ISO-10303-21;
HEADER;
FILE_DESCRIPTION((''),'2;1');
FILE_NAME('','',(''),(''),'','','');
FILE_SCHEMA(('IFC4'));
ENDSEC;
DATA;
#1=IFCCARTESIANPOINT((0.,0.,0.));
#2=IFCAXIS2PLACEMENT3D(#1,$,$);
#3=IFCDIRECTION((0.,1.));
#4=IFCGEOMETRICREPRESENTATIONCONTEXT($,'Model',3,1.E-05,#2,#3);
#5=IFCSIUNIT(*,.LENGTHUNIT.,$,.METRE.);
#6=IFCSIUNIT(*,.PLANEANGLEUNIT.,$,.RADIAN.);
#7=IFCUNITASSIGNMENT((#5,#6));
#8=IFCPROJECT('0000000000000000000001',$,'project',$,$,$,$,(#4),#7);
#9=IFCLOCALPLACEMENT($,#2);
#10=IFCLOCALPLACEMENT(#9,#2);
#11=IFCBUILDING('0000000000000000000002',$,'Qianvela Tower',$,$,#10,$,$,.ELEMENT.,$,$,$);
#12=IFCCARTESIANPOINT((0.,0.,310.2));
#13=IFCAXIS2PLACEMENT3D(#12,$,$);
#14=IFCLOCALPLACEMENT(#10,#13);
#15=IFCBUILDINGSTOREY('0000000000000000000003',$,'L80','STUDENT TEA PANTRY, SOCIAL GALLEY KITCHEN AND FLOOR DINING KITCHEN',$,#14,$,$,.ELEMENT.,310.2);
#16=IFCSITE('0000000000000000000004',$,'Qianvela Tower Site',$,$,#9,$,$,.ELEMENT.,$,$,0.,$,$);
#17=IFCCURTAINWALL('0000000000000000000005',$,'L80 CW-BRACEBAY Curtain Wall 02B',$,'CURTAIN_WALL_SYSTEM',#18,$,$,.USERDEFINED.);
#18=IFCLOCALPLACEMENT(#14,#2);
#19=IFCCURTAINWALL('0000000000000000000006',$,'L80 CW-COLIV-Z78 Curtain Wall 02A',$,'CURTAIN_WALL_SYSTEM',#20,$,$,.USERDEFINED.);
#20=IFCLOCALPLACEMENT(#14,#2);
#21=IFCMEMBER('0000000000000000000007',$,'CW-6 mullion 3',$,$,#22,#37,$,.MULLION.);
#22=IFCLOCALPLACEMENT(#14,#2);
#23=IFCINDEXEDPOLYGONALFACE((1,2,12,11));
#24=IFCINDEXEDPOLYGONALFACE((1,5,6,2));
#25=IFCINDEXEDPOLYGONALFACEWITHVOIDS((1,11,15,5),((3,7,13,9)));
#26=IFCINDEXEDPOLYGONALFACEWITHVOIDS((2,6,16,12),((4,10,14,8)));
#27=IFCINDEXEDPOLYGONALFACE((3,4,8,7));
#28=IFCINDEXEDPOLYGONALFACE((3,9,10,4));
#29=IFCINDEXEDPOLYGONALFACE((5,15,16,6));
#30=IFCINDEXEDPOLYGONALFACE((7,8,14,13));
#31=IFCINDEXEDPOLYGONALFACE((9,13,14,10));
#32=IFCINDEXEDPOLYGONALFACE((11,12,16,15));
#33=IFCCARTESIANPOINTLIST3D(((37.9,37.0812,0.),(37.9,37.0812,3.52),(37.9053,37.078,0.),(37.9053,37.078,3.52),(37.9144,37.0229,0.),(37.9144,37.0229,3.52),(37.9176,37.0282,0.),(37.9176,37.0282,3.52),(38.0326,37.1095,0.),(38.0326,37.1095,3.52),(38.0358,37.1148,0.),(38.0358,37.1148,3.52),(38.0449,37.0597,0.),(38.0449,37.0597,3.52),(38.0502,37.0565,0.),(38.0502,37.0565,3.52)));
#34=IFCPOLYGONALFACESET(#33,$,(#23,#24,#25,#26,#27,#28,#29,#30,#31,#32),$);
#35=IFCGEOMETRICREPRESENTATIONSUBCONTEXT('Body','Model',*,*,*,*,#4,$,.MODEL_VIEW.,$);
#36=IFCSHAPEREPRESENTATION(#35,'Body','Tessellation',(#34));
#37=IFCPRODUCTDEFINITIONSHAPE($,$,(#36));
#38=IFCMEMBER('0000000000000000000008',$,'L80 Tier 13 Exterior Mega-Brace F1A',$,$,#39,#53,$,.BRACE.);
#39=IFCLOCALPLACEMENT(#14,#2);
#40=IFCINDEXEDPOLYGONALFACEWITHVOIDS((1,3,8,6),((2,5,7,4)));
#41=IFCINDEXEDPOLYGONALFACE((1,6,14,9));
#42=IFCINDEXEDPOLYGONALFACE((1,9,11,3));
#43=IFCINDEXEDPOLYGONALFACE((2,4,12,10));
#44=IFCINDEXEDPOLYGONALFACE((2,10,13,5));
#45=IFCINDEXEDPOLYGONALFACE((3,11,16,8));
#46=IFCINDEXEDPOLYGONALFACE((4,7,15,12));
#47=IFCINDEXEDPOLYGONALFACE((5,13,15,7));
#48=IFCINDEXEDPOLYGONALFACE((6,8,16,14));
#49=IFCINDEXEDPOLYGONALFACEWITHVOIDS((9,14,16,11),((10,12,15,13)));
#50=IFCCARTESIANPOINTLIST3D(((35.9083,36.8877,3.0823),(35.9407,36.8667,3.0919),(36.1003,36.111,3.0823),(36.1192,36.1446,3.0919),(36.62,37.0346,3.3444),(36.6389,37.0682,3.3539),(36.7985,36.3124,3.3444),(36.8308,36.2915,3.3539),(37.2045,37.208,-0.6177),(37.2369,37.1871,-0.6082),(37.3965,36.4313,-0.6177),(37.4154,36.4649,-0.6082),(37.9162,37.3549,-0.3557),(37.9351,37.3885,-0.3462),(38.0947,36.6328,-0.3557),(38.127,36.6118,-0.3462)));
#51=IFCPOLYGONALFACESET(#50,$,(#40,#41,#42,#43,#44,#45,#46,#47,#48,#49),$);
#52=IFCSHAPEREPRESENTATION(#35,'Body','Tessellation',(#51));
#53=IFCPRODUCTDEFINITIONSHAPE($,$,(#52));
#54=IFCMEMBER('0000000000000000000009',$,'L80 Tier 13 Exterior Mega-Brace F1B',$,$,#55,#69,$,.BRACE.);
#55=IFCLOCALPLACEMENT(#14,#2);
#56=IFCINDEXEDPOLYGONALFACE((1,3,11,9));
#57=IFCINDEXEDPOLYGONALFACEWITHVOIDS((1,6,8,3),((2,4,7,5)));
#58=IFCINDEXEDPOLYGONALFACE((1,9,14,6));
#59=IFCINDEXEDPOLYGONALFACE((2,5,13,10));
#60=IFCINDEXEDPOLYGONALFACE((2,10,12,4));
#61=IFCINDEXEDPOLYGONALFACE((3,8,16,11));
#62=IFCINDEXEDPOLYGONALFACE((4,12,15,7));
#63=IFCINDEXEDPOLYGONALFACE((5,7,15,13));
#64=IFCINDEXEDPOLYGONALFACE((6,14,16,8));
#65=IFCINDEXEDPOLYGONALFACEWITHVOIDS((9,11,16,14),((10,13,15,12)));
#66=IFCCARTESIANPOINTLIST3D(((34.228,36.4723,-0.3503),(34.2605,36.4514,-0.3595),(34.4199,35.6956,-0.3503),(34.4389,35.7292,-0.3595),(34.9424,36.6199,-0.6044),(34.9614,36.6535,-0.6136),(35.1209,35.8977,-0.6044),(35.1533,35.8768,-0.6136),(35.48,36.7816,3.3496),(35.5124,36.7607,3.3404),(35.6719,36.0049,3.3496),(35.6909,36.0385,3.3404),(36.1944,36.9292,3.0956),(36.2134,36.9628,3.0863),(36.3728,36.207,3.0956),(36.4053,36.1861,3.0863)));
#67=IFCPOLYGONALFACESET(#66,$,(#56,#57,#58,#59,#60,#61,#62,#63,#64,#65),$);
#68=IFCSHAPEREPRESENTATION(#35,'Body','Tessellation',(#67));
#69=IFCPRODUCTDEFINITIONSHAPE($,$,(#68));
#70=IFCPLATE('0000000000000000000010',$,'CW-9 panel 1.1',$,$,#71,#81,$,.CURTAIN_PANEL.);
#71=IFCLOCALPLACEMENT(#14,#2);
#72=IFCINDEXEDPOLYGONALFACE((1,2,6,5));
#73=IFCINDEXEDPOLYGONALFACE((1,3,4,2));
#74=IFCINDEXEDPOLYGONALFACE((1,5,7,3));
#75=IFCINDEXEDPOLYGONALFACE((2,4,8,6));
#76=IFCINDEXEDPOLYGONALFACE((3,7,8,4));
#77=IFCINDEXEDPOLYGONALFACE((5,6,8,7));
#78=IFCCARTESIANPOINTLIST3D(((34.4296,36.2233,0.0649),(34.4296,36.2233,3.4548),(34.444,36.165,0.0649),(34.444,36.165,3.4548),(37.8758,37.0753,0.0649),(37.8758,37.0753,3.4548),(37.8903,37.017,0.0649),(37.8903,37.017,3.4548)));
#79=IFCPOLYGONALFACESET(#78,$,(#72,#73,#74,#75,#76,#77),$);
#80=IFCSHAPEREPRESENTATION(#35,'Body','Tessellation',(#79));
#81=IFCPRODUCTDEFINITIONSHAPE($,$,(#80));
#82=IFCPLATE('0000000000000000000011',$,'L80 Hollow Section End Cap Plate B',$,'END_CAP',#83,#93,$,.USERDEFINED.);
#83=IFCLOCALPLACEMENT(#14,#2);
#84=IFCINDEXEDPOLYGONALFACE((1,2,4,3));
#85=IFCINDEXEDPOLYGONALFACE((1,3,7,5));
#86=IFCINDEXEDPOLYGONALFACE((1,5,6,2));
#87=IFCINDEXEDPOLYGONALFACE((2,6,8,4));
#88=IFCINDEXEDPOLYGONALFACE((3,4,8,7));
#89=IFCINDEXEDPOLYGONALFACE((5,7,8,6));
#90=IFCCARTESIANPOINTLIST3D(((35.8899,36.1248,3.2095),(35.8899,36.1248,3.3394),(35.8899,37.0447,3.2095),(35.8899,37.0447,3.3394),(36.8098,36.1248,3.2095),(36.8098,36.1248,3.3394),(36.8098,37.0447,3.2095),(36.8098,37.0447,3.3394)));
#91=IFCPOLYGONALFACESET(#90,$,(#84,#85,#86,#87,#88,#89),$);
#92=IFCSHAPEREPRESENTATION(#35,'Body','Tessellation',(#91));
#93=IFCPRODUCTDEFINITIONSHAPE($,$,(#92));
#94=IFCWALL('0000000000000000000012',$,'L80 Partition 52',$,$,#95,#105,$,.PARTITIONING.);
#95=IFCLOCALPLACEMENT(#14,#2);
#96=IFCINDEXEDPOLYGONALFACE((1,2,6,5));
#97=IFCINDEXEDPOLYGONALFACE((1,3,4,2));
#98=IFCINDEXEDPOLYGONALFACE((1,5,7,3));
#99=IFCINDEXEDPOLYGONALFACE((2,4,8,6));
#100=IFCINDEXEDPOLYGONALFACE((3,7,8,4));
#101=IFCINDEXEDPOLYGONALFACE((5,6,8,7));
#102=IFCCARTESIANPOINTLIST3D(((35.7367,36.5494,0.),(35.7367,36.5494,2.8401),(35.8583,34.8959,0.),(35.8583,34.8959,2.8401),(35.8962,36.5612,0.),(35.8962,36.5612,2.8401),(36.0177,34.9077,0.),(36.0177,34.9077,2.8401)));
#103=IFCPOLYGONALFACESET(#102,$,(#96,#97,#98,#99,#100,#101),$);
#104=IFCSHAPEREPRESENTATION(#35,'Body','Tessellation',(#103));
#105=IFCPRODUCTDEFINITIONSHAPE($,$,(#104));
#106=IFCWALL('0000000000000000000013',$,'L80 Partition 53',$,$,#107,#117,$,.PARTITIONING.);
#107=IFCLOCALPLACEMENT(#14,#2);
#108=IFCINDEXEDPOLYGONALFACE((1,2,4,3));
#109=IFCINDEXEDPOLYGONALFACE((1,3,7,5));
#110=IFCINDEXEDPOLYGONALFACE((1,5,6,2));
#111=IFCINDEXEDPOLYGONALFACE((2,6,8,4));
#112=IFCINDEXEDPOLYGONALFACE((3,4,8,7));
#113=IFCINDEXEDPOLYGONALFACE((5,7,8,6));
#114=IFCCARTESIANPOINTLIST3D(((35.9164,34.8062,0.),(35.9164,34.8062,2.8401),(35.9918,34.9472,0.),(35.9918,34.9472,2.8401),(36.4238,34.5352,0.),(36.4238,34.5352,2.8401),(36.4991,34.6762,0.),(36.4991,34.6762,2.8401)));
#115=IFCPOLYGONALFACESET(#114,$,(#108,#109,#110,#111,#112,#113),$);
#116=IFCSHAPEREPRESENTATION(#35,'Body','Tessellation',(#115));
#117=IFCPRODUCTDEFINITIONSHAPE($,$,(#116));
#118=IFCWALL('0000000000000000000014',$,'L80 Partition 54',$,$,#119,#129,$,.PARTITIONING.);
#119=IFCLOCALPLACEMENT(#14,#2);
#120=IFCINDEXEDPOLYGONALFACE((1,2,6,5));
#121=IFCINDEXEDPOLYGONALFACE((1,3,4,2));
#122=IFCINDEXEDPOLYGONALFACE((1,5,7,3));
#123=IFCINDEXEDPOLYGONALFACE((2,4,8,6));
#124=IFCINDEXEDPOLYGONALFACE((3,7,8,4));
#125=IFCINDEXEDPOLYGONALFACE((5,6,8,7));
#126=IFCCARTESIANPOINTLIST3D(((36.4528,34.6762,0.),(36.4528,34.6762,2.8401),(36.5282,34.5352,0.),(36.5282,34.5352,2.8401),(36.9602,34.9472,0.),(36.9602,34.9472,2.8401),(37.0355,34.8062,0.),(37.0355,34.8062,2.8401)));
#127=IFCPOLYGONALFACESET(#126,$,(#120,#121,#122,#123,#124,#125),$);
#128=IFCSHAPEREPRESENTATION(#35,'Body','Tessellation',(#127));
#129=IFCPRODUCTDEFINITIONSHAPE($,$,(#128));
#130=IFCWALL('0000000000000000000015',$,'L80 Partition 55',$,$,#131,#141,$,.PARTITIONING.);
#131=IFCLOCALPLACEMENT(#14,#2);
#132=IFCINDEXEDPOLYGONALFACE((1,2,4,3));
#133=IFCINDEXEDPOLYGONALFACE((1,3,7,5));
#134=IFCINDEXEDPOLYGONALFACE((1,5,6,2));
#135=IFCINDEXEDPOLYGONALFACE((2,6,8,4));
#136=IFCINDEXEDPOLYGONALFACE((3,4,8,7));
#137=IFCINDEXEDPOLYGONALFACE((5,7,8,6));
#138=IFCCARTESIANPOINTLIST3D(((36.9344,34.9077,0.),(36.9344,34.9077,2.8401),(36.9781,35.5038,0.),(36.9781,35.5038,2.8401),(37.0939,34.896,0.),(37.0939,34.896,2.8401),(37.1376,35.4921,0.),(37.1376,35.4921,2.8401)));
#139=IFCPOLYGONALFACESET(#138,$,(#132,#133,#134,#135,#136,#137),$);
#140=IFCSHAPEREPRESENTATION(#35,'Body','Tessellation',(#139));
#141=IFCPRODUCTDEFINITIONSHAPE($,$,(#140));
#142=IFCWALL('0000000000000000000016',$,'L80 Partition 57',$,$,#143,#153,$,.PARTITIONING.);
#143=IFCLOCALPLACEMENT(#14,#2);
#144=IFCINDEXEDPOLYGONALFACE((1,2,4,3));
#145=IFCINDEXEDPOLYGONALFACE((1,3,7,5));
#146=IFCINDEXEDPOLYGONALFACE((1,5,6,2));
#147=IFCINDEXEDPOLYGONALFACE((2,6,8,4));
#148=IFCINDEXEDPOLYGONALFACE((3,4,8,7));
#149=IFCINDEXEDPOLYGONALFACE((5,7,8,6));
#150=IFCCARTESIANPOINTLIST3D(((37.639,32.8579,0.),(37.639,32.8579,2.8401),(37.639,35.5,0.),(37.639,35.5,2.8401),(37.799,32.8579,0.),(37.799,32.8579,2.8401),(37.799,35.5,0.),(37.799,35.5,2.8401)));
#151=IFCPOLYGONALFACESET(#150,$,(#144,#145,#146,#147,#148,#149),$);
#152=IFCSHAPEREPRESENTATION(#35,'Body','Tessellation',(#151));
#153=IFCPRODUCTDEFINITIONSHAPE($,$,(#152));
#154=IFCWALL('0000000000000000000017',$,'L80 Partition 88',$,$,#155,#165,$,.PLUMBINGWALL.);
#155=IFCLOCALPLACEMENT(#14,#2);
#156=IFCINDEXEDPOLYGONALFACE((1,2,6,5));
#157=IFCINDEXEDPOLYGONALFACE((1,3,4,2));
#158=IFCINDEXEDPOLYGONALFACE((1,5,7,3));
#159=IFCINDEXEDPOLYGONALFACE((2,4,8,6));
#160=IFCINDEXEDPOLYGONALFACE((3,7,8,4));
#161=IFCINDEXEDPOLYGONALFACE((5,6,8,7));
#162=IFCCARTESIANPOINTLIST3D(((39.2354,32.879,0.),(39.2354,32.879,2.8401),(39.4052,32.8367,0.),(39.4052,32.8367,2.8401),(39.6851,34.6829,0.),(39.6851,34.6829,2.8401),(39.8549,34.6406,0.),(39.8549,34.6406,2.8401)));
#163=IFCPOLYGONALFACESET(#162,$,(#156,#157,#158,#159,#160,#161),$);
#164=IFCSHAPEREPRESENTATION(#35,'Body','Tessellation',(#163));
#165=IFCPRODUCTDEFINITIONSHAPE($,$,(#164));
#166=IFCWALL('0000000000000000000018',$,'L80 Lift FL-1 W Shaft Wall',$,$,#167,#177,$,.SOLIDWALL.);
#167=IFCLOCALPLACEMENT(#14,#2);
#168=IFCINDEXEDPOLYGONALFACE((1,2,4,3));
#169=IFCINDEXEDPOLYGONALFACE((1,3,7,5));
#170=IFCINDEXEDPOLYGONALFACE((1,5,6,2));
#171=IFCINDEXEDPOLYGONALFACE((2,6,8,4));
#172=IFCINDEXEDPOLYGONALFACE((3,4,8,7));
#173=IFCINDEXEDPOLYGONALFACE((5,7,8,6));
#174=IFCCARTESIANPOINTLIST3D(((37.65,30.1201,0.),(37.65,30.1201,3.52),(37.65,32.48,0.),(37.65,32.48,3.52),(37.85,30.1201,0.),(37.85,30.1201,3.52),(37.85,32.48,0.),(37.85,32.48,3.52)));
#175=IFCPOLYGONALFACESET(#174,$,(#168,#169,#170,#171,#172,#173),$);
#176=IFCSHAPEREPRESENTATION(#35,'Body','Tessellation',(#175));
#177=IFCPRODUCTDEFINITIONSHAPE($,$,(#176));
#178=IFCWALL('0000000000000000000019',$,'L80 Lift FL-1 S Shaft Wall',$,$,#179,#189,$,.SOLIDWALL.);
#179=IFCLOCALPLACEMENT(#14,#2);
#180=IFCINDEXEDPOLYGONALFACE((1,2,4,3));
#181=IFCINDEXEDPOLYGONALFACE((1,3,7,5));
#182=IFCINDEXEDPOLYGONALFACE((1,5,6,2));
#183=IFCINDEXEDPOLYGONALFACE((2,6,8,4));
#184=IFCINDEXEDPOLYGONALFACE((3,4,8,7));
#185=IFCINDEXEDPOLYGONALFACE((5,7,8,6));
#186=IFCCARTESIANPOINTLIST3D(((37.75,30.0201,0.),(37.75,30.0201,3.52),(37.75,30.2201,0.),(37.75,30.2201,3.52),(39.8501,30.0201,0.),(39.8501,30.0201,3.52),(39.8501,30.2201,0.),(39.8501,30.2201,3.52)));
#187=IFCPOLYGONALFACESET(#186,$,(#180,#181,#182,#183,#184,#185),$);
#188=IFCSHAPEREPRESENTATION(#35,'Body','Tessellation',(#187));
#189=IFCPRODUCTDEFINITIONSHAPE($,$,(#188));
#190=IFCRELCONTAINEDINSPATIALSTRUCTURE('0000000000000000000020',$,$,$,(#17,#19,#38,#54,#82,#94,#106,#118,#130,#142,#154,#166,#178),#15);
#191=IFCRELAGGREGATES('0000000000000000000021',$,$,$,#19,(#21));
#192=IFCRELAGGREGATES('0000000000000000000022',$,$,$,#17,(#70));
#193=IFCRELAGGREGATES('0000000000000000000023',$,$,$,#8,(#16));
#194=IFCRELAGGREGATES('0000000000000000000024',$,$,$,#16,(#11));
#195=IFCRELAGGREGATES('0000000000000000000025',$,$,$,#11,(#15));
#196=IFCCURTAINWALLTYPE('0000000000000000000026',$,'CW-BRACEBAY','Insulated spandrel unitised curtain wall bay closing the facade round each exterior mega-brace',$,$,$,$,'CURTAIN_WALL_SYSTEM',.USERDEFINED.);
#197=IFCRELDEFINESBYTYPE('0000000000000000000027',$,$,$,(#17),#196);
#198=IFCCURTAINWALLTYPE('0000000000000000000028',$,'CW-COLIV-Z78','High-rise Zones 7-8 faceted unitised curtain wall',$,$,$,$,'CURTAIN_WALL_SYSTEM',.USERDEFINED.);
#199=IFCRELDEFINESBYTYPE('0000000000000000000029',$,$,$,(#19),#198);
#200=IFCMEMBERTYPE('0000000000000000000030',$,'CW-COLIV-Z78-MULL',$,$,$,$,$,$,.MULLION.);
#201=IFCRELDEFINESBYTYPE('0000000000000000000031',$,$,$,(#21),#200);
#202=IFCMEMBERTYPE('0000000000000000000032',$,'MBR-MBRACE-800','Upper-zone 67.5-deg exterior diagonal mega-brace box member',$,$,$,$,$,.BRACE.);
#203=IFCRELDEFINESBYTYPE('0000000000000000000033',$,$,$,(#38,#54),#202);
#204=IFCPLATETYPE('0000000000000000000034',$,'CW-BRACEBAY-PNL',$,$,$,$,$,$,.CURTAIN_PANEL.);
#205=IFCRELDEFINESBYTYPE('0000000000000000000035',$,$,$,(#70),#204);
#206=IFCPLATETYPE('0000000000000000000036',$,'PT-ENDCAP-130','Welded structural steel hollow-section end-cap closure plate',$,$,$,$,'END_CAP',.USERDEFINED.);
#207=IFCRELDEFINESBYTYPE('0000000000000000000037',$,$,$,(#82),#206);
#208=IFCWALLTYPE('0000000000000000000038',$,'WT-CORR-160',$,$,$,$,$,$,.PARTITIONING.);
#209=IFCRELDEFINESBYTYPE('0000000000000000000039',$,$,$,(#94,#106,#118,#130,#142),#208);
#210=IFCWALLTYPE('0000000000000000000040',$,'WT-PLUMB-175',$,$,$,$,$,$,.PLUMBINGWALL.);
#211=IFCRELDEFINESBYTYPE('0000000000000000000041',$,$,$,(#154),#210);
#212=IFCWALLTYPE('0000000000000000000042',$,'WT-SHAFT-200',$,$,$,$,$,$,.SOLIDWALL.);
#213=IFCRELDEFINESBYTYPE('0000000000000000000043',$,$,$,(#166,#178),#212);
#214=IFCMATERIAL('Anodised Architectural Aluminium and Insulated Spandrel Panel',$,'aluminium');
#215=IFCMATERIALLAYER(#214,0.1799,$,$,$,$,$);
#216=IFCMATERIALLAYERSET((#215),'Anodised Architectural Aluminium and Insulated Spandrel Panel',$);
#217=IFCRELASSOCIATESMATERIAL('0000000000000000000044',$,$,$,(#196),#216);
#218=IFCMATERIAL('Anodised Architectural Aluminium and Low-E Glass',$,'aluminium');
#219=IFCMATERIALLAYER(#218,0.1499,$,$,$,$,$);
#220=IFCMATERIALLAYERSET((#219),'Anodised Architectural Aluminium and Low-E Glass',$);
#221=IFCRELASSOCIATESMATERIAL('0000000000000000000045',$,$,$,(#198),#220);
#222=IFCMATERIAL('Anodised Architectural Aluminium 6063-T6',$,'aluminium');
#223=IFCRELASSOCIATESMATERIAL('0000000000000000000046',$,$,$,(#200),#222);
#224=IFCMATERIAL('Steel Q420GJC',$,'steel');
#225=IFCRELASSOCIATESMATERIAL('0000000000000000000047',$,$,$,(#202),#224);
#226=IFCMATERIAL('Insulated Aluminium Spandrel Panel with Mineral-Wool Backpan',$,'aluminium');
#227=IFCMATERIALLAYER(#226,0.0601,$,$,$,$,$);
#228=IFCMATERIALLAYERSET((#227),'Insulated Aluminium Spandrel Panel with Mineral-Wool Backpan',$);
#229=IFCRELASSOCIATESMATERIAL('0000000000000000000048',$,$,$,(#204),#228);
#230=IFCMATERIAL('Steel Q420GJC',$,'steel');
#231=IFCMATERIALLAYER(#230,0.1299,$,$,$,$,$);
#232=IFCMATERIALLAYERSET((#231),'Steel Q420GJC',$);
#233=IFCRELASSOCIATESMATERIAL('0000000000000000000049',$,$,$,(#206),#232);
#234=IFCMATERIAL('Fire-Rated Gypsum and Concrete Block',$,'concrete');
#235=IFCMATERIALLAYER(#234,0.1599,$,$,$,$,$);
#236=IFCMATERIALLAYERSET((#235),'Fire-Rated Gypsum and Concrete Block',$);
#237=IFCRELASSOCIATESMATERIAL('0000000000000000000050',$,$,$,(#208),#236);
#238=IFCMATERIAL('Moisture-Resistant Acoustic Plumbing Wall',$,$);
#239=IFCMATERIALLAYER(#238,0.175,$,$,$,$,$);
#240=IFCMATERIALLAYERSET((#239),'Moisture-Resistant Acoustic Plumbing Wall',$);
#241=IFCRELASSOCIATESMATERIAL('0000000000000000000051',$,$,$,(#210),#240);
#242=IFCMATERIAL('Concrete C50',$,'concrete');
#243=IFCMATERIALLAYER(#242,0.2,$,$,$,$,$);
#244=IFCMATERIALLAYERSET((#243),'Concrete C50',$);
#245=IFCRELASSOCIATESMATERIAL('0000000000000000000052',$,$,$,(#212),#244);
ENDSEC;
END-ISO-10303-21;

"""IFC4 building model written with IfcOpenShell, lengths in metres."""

from ifc_helpers import new_model, si_unit, direction, frame, frame_2d, origin, origin_2d, place, context, subcontext, project, spatial, rectangle, hollow_rectangle, extrude, material, layer, layer_set, material_profile, profile_set, type_object, element, aggregate, save


model = new_model("IFC4")

# Units and contexts
model_context = context("Model", 3, precision=1e-05, world=origin(), true_north=direction((0.0, 1.0)))
body_context = subcontext(model_context, "Body", "Model", "MODEL_VIEW")
ifc_project = project(units=[si_unit("LENGTHUNIT", "METRE"), si_unit("PLANEANGLEUNIT", "RADIAN")], contexts=[model_context])

# Site, building, storey
site_placement = place(None, origin())
site = spatial("IfcSite", under=ifc_project, at=site_placement, Name="Qianvela Tower Site", CompositionType="ELEMENT", RefElevation=0.0)
building_placement = place(site_placement, origin())
building = spatial("IfcBuilding", under=site, at=building_placement, Name="Qianvela Tower", CompositionType="ELEMENT")
storey_placement = place(building_placement, frame((0.0, 0.0, 310.2)))
storey = spatial("IfcBuildingStorey", under=building, at=storey_placement, Name="L80", Description="STUDENT TEA PANTRY, SOCIAL GALLEY KITCHEN AND FLOOR DINING KITCHEN", CompositionType="ELEMENT", Elevation=310.2)

# Curtain wall
ifc_material_1 = material(Name="Anodised Architectural Aluminium and Insulated Spandrel Panel", Category="aluminium")
ifc_layer_1 = layer(ifc_material_1, 0.1799)
ifc_layer_set_1 = layer_set([ifc_layer_1], Name="Anodised Architectural Aluminium and Insulated Spandrel Panel")
curtain_wall_type_1 = type_object("IfcCurtainWallType", Name="CW-BRACEBAY", Description="Insulated spandrel unitised curtain wall bay closing the facade round each exterior mega-brace", ElementType="CURTAIN_WALL_SYSTEM", PredefinedType="USERDEFINED", material=ifc_layer_set_1)
curtain_wall_1_placement = place(storey_placement, origin())
curtain_wall_1 = element("IfcCurtainWall", 1, at=curtain_wall_1_placement, inside=storey, type_object=curtain_wall_type_1, Name="L80 CW-BRACEBAY Curtain Wall 02B", ObjectType="CURTAIN_WALL_SYSTEM", PredefinedType="USERDEFINED")

# Curtain wall, member
ifc_material_2 = material(Name="Anodised Architectural Aluminium and Low-E Glass", Category="aluminium")
ifc_layer_2 = layer(ifc_material_2, 0.1499)
ifc_layer_set_2 = layer_set([ifc_layer_2], Name="Anodised Architectural Aluminium and Low-E Glass")
curtain_wall_type_2 = type_object("IfcCurtainWallType", Name="CW-COLIV-Z78", Description="High-rise Zones 7-8 faceted unitised curtain wall", ElementType="CURTAIN_WALL_SYSTEM", PredefinedType="USERDEFINED", material=ifc_layer_set_2)
curtain_wall_2_placement = place(storey_placement, origin())
curtain_wall_2 = element("IfcCurtainWall", 2, at=curtain_wall_2_placement, inside=storey, type_object=curtain_wall_type_2, Name="L80 CW-COLIV-Z78 Curtain Wall 02A", ObjectType="CURTAIN_WALL_SYSTEM", PredefinedType="USERDEFINED")
ifc_material_3 = material(Name="Anodised Architectural Aluminium 6063-T6", Category="aluminium")
ifc_material_profile_1 = material_profile(ifc_material_3, hollow_rectangle(XDim=0.0601, YDim=0.1399, WallThickness=0.0044, at=origin_2d()), Name="ALU-MULL-60x140")
ifc_profile_set_1 = profile_set([ifc_material_profile_1], Name="Anodised Architectural Aluminium 6063-T6")
member_type_1 = type_object("IfcMemberType", Name="CW-COLIV-Z78-MULL", PredefinedType="MULLION", material=ifc_profile_set_1)
member_1_placement = place(storey_placement, frame((37.9751, 37.0688, 0.0), z_axis=(0.0, 0.0, 1.0), x_axis=(0.240006, -0.970771, 0.0)))
member_1 = element("IfcMember", 3, at=member_1_placement, type_object=member_type_1, Name="CW-6 mullion 3", PredefinedType="MULLION", context=body_context, shape_type="SweptSolid", body=[
    extrude(hollow_rectangle(XDim=0.0601, YDim=0.1399, WallThickness=0.0044, at=origin_2d()), origin(), (0.0, 0.0, 1.0), 3.52),
])
aggregate(curtain_wall_2, [member_1])

# Members
ifc_material_4 = material(Name="Steel Q420GJC", Category="steel")
ifc_material_profile_2 = material_profile(ifc_material_4, hollow_rectangle(XDim=0.8, YDim=0.8, WallThickness=0.0281, at=origin_2d()), Name="MBOX-800x800x28")
ifc_profile_set_2 = profile_set([ifc_material_profile_2], Name="Steel Q420GJC")
member_type_2 = type_object("IfcMemberType", Name="MBR-MBRACE-800", Description="Upper-zone 67.5-deg exterior diagonal mega-brace box member", PredefinedType="BRACE", material=ifc_profile_set_2)
member_2_placement = place(storey_placement, frame((37.6658, 36.9099, -0.4819), z_axis=(-0.329516, -0.081432, 0.940632), x_axis=(0.23991, -0.970795, 0.0)))
element("IfcMember", 4, at=member_2_placement, inside=storey, type_object=member_type_2, Name="L80 Tier 13 Exterior Mega-Brace F1A", PredefinedType="BRACE", context=body_context, shape_type="SweptSolid", body=[
    extrude(hollow_rectangle(XDim=0.8, YDim=0.8, WallThickness=0.0281, at=origin_2d()), origin(), (0.0, 0.0, 1.0), 3.9336),
])
member_3_placement = place(storey_placement, frame((34.6907, 36.1746, -0.4819), z_axis=(0.319518, 0.078945, 0.944286), x_axis=(-0.239862, 0.970807, 0.0)))
element("IfcMember", 5, at=member_3_placement, inside=storey, type_object=member_type_2, Name="L80 Tier 13 Exterior Mega-Brace F1B", PredefinedType="BRACE", context=body_context, shape_type="SweptSolid", body=[
    extrude(hollow_rectangle(XDim=0.8, YDim=0.8, WallThickness=0.0281, at=origin_2d()), origin(), (0.0, 0.0, 1.0), 3.9182),
])

# Plates
ifc_material_5 = material(Name="Insulated Aluminium Spandrel Panel with Mineral-Wool Backpan", Category="aluminium")
ifc_layer_3 = layer(ifc_material_5, 0.0601)
ifc_layer_set_3 = layer_set([ifc_layer_3], Name="Insulated Aluminium Spandrel Panel with Mineral-Wool Backpan")
plate_type_1 = type_object("IfcPlateType", Name="CW-BRACEBAY-PNL", PredefinedType="CURTAIN_PANEL", material=ifc_layer_set_3)
plate_1_placement = place(storey_placement, frame((36.1599, 36.6201, 0.0649), z_axis=(0.0, 0.0, 1.0), x_axis=(-0.970772, -0.240003, 0.0)))
plate_1 = element("IfcPlate", 6, at=plate_1_placement, type_object=plate_type_1, Name="CW-9 panel 1.1", PredefinedType="CURTAIN_PANEL", context=body_context, shape_type="SweptSolid", body=[
    extrude(rectangle(XDim=3.55, YDim=0.0601, at=origin_2d()), origin(), (0.0, 0.0, 1.0), 3.3899),
])
aggregate(curtain_wall_1, [plate_1])
ifc_material_6 = material(Name="Steel Q420GJC", Category="steel")
ifc_layer_4 = layer(ifc_material_6, 0.1299)
ifc_layer_set_4 = layer_set([ifc_layer_4], Name="Steel Q420GJC")
plate_type_2 = type_object("IfcPlateType", Name="PT-ENDCAP-130", Description="Welded structural steel hollow-section end-cap closure plate", ElementType="END_CAP", PredefinedType="USERDEFINED", material=ifc_layer_set_4)
plate_2_placement = place(storey_placement, frame((36.3499, 36.5847, 3.2095), z_axis=(0.0, 0.0, 1.0), x_axis=(1.0, 0.0, 0.0)))
element("IfcPlate", 7, at=plate_2_placement, inside=storey, type_object=plate_type_2, Name="L80 Hollow Section End Cap Plate B", ObjectType="END_CAP", PredefinedType="USERDEFINED", context=body_context, shape_type="SweptSolid", body=[
    extrude(rectangle(XDim=0.9199, YDim=0.9199, at=origin_2d()), origin(), (0.0, 0.0, 1.0), 0.1299),
])

# Walls
ifc_material_7 = material(Name="Fire-Rated Gypsum and Concrete Block", Category="concrete")
ifc_layer_5 = layer(ifc_material_7, 0.1599)
ifc_layer_set_5 = layer_set([ifc_layer_5], Name="Fire-Rated Gypsum and Concrete Block")
wall_type_1 = type_object("IfcWallType", Name="WT-CORR-160", PredefinedType="PARTITIONING", material=ifc_layer_set_5)
wall_1_placement = place(storey_placement, frame((35.8164, 36.5554, 0.0), z_axis=(0.0, 0.0, 1.0), x_axis=(0.073329, -0.997308, 0.0)))
element("IfcWall", 8, at=wall_1_placement, inside=storey, type_object=wall_type_1, Name="L80 Partition 52", PredefinedType="PARTITIONING", context=body_context, shape_type="SweptSolid", body=[
    extrude(rectangle(XDim=1.658, YDim=0.1599, at=frame_2d((0.8291, 0.0))), origin(), (0.0, 0.0, 1.0), 2.8401),
])
for number, where, z_axis, x_axis, name in (
    (9, (35.9541, 34.8767, 0.0), (0.0, 0.0, 1.0), (0.882047, -0.471161, 0.0), "L80 Partition 53"),
    (10, (36.4905, 34.6057, 0.0), (0.0, 0.0, 1.0), (0.882047, 0.471161, 0.0), "L80 Partition 54"),
):
    element("IfcWall", number, at=place(storey_placement, frame(where, z_axis=z_axis, x_axis=x_axis)), inside=storey, type_object=wall_type_1, Name=name, PredefinedType="PARTITIONING", context=body_context, shape_type="SweptSolid", body=[
        extrude(rectangle(XDim=0.5752, YDim=0.1599, at=frame_2d((0.2876, 0.0))), origin(), (0.0, 0.0, 1.0), 2.8401),
    ])
wall_2_placement = place(storey_placement, frame((37.0142, 34.9019, 0.0), z_axis=(0.0, 0.0, 1.0), x_axis=(0.073134, 0.997322, 0.0)))
element("IfcWall", 11, at=wall_2_placement, inside=storey, type_object=wall_type_1, Name="L80 Partition 55", PredefinedType="PARTITIONING", context=body_context, shape_type="SweptSolid", body=[
    extrude(rectangle(XDim=0.5977, YDim=0.1599, at=frame_2d((0.2988, 0.0))), origin(), (0.0, 0.0, 1.0), 2.8401),
])
wall_3_placement = place(storey_placement, frame((37.719, 35.5, 0.0), z_axis=(0.0, 0.0, 1.0), x_axis=(0.0, -1.0, 0.0)))
element("IfcWall", 12, at=wall_3_placement, inside=storey, type_object=wall_type_1, Name="L80 Partition 57", PredefinedType="PARTITIONING", context=body_context, shape_type="SweptSolid", body=[
    extrude(rectangle(XDim=2.6421, YDim=0.1599, at=frame_2d((1.321, 0.0))), origin(), (0.0, 0.0, 1.0), 2.8401),
])
ifc_material_8 = material(Name="Moisture-Resistant Acoustic Plumbing Wall")
ifc_layer_6 = layer(ifc_material_8, 0.175)
ifc_layer_set_6 = layer_set([ifc_layer_6], Name="Moisture-Resistant Acoustic Plumbing Wall")
wall_type_2 = type_object("IfcWallType", Name="WT-PLUMB-175", PredefinedType="PLUMBINGWALL", material=ifc_layer_set_6)
wall_4_placement = place(storey_placement, frame((39.77, 34.6619, 0.0), z_axis=(0.0, 0.0, 1.0), x_axis=(-0.241887, -0.970304, 0.0)))
element("IfcWall", 13, at=wall_4_placement, inside=storey, type_object=wall_type_2, Name="L80 Partition 88", PredefinedType="PLUMBINGWALL", context=body_context, shape_type="SweptSolid", body=[
    extrude(rectangle(XDim=1.8591, YDim=0.175, at=frame_2d((0.9297, 0.0))), origin(), (0.0, 0.0, 1.0), 2.8401),
])

# Shared definitions
ifc_material_9 = material(Name="Concrete C50", Category="concrete")
ifc_layer_7 = layer(ifc_material_9, 0.2)
ifc_layer_set_7 = layer_set([ifc_layer_7], Name="Concrete C50")
wall_type_3 = type_object("IfcWallType", Name="WT-SHAFT-200", PredefinedType="SOLIDWALL", material=ifc_layer_set_7)

# Walls
wall_5_placement = place(storey_placement, frame((37.75, 30.1201, 0.0), z_axis=(0.0, 0.0, 1.0), x_axis=(0.0, 1.0, 0.0)))
element("IfcWall", 14, at=wall_5_placement, inside=storey, type_object=wall_type_3, Name="L80 Lift FL-1 W Shaft Wall", PredefinedType="SOLIDWALL", context=body_context, shape_type="SweptSolid", body=[
    extrude(rectangle(XDim=2.3599, YDim=0.2, at=frame_2d((1.1799, 0.0))), origin(), (0.0, 0.0, 1.0), 3.52),
])
wall_6_placement = place(storey_placement, frame((37.75, 30.1201, 0.0), z_axis=(0.0, 0.0, 1.0), x_axis=(1.0, 0.0, 0.0)))
element("IfcWall", 15, at=wall_6_placement, inside=storey, type_object=wall_type_3, Name="L80 Lift FL-1 S Shaft Wall", PredefinedType="SOLIDWALL", context=body_context, shape_type="SweptSolid", body=[
    extrude(rectangle(XDim=2.1001, YDim=0.2, at=frame_2d((1.05, 0.0))), origin(), (0.0, 0.0, 1.0), 3.52),
])

save(model, "model.ifc")
